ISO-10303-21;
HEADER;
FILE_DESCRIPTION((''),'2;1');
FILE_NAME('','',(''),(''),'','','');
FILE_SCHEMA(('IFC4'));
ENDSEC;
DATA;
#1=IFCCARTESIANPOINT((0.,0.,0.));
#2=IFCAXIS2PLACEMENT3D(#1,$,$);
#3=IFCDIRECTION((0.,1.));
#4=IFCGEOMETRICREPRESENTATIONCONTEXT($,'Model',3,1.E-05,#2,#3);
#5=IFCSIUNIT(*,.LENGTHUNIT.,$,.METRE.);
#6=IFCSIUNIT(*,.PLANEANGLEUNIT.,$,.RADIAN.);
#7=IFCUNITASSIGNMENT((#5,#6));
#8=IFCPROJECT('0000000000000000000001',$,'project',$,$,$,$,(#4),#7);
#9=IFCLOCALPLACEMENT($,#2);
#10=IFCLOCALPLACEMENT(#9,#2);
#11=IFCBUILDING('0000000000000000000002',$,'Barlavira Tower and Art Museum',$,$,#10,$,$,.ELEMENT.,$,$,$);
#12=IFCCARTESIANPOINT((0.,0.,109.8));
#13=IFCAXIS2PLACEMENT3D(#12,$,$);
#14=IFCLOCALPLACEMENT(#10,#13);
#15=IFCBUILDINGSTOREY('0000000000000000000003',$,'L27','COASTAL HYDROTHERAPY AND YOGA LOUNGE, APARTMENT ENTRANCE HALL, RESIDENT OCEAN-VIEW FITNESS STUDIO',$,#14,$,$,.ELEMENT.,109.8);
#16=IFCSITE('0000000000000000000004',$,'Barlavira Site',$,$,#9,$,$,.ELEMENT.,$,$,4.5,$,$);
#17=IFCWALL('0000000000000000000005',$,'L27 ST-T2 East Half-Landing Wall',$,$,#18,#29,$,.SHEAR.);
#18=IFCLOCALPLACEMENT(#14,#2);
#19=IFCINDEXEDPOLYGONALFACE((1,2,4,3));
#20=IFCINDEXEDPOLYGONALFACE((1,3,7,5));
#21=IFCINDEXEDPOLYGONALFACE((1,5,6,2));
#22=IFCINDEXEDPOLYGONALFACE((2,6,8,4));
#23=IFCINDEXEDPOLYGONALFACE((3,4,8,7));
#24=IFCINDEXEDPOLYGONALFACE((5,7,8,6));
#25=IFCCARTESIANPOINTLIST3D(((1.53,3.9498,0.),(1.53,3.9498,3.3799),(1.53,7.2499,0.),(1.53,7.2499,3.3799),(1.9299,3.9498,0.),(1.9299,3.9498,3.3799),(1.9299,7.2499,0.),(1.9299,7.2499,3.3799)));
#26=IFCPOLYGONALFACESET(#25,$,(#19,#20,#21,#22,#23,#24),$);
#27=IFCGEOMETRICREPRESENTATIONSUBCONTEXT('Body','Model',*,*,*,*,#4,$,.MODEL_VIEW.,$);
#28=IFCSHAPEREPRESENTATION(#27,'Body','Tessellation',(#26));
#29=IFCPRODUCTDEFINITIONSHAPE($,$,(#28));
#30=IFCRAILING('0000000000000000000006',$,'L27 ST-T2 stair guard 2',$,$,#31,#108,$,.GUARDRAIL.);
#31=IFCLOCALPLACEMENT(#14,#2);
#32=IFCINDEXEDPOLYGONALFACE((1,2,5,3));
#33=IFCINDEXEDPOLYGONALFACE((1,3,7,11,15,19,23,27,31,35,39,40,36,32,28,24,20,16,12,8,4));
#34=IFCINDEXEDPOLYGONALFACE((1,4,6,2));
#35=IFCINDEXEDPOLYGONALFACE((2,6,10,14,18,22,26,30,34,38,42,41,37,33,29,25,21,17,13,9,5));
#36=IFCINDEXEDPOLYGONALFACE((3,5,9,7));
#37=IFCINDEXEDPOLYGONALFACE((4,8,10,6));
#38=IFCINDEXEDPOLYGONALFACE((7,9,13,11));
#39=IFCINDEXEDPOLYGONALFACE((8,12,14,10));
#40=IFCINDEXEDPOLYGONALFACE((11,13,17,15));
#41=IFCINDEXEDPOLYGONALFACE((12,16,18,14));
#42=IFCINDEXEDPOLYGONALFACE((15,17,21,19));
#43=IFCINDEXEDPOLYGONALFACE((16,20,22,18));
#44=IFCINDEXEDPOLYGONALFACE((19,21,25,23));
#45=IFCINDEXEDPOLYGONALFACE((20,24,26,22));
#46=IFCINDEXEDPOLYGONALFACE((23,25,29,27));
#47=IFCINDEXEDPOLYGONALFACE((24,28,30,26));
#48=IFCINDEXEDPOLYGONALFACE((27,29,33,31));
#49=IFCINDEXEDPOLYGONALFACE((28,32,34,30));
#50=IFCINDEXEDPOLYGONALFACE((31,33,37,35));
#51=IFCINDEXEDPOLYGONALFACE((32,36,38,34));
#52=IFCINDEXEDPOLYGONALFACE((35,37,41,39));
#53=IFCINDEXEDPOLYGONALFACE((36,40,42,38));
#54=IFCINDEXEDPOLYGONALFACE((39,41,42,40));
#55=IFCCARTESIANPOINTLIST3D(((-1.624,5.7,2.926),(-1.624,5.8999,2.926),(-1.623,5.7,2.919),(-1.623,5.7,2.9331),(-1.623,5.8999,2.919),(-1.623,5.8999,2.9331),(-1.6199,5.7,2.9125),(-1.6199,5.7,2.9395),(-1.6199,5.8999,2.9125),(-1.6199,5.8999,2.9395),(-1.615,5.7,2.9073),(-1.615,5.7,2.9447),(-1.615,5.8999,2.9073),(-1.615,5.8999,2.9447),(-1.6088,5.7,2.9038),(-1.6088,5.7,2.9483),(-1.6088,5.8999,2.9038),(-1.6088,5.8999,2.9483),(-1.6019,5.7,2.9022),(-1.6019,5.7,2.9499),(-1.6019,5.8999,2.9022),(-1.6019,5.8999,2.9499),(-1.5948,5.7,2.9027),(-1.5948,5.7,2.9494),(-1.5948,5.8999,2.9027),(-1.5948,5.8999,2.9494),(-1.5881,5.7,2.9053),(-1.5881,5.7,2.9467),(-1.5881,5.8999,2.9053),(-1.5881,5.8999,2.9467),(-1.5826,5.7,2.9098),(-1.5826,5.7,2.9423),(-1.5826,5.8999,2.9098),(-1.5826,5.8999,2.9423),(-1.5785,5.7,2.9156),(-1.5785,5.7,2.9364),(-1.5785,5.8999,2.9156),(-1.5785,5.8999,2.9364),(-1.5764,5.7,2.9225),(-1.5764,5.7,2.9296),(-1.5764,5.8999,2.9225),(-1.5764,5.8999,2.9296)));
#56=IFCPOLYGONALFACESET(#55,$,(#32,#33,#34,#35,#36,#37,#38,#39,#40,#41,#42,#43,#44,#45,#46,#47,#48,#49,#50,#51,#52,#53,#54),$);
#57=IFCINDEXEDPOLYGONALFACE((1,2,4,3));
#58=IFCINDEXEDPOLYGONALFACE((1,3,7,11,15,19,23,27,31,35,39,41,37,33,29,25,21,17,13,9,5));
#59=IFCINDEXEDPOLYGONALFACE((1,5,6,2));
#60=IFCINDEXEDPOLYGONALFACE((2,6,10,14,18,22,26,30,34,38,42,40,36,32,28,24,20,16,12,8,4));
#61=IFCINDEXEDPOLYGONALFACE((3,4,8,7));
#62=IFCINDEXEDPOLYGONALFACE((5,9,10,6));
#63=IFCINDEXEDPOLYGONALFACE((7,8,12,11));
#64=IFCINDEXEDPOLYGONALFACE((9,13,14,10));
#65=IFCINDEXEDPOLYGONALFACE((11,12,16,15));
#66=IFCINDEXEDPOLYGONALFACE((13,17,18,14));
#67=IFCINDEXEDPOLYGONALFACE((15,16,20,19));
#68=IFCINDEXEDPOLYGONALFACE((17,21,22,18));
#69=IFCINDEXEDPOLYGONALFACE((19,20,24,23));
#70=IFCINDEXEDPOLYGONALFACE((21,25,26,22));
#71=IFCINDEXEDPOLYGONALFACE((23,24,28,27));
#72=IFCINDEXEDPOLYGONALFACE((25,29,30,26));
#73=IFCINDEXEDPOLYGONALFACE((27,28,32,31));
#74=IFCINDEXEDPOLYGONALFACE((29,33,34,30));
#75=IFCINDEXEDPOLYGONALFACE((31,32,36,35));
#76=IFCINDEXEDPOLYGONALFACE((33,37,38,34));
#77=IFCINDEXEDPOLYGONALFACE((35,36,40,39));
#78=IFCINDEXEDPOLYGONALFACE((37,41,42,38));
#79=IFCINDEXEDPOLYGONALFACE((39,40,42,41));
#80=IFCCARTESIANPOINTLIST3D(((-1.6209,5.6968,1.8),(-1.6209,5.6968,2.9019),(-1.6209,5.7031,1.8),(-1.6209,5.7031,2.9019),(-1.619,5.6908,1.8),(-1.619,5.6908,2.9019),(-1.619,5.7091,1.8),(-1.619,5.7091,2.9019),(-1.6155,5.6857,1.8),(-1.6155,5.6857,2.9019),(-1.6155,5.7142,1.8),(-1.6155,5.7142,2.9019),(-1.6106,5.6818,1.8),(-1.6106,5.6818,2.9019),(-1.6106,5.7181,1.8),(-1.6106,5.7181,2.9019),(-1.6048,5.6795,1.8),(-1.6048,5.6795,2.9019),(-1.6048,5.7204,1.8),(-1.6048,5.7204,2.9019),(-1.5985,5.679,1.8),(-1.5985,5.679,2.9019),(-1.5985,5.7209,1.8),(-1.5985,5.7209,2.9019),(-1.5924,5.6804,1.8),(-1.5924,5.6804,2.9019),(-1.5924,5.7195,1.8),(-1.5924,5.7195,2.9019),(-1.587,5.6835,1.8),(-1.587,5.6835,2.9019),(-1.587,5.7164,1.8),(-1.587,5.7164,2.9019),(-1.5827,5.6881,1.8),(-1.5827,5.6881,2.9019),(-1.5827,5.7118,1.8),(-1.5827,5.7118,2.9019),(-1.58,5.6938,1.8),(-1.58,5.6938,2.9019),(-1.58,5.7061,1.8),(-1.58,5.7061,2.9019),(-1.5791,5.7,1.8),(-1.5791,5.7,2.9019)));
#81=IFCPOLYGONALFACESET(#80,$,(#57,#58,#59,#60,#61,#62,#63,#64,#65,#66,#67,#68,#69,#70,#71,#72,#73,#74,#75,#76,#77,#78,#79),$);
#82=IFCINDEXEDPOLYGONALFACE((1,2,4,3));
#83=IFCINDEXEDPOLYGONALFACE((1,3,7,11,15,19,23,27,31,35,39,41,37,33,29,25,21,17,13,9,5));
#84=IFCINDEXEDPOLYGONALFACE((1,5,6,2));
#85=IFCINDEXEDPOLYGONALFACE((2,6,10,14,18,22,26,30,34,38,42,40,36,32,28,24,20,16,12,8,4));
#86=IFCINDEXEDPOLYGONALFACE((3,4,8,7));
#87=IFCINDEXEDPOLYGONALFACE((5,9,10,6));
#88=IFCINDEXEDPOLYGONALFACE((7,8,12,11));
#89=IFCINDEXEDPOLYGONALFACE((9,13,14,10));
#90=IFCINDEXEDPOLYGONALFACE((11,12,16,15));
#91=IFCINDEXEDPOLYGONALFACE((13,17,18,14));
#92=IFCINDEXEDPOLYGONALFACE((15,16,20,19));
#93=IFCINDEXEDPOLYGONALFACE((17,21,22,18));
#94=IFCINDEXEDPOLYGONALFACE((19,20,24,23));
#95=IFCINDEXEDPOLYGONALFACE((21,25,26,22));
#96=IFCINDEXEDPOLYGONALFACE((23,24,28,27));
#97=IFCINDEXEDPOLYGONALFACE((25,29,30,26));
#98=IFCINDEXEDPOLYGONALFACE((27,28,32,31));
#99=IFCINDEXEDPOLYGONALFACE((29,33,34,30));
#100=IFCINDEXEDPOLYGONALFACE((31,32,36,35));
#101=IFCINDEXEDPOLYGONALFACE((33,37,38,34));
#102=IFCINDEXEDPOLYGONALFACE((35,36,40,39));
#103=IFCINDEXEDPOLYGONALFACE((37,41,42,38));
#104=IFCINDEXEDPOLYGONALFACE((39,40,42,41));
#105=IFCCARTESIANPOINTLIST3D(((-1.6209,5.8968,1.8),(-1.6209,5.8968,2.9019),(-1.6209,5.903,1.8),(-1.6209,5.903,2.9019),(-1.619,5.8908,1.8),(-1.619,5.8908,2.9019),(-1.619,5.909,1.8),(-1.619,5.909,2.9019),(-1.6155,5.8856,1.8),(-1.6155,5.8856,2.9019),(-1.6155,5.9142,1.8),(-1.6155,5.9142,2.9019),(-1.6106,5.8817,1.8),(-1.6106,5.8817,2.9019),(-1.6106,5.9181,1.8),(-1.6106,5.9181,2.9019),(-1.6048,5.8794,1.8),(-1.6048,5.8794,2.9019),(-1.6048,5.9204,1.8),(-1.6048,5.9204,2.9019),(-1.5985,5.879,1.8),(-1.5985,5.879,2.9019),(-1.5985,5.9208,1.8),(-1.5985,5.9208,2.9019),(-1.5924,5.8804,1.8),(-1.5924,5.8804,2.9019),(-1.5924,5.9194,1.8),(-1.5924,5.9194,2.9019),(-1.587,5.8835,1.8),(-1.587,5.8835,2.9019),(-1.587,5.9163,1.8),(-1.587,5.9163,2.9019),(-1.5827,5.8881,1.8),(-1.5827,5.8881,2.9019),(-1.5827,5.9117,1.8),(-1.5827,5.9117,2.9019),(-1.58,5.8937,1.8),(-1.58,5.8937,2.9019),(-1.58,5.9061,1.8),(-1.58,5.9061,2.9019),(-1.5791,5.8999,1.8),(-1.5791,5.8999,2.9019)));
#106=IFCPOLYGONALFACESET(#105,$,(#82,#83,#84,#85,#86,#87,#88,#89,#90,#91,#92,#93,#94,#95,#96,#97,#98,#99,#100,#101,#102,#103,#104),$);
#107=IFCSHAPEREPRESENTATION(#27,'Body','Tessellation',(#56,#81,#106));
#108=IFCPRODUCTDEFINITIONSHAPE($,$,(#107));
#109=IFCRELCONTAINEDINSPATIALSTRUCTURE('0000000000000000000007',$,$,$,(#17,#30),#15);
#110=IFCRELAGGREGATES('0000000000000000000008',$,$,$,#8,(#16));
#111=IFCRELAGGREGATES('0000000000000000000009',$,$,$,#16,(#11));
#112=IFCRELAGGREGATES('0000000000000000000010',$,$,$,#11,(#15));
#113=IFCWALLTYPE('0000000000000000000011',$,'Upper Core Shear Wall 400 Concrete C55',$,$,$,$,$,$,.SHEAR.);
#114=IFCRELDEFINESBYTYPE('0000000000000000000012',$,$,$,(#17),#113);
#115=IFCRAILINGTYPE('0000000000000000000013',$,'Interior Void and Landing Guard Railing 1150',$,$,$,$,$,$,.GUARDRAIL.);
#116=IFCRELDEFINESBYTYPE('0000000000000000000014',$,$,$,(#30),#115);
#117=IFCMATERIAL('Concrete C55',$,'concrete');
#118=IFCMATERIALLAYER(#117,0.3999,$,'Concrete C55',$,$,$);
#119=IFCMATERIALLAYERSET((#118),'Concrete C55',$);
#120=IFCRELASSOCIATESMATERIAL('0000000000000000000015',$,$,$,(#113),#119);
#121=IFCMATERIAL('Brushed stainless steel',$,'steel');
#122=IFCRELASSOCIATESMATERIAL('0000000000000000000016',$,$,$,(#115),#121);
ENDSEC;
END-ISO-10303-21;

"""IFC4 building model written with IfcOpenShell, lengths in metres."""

from ifc_helpers import new_model, si_unit, direction, frame, frame_2d, origin, origin_2d, place, context, subcontext, project, spatial, rectangle, circle, extrude, material, layer, layer_set, type_object, element, save


model = new_model("IFC4")

# Units and contexts
model_context = context("Model", 3, precision=1e-05, world=origin(), true_north=direction((0.0, 1.0)))
body_context = subcontext(model_context, "Body", "Model", "MODEL_VIEW")
ifc_project = project(units=[si_unit("LENGTHUNIT", "METRE"), si_unit("PLANEANGLEUNIT", "RADIAN")], contexts=[model_context])

# Site, building, storey
site_placement = place(None, origin())
site = spatial("IfcSite", under=ifc_project, at=site_placement, Name="Barlavira Site", CompositionType="ELEMENT", RefElevation=4.5)
building_placement = place(site_placement, origin())
building = spatial("IfcBuilding", under=site, at=building_placement, Name="Barlavira Tower and Art Museum", CompositionType="ELEMENT")
storey_placement = place(building_placement, frame((0.0, 0.0, 109.8)))
storey = spatial("IfcBuildingStorey", under=building, at=storey_placement, Name="L27", Description="COASTAL HYDROTHERAPY AND YOGA LOUNGE, APARTMENT ENTRANCE HALL, RESIDENT OCEAN-VIEW FITNESS STUDIO", CompositionType="ELEMENT", Elevation=109.8)

# Shared definitions
ifc_material_1 = material(Name="Brushed stainless steel", Category="steel")

# Wall
ifc_material_2 = material(Name="Concrete C55", Category="concrete")
ifc_layer_1 = layer(ifc_material_2, 0.3999, Name="Concrete C55")
ifc_layer_set_1 = layer_set([ifc_layer_1], Name="Concrete C55")
wall_type_1 = type_object("IfcWallType", Name="Upper Core Shear Wall 400 Concrete C55", PredefinedType="SHEAR", material=ifc_layer_set_1)
wall_1_placement = place(storey_placement, frame((1.73, 3.95, 0.0), z_axis=(0.0, 0.0, 1.0), x_axis=(0.0, 1.0, 0.0)))
element("IfcWall", 1, at=wall_1_placement, inside=storey, type_object=wall_type_1, Name="L27 ST-T2 East Half-Landing Wall", PredefinedType="SHEAR", context=body_context, shape_type="SweptSolid", body=[
    extrude(rectangle(XDim=3.3, YDim=0.3999, at=frame_2d((1.6499, 0.0))), origin(), (0.0, 0.0, 1.0), 3.3799),
])

# Railing
railing_type_1 = type_object("IfcRailingType", Name="Interior Void and Landing Guard Railing 1150", PredefinedType="GUARDRAIL", material=ifc_material_1)
railing_1_placement = place(storey_placement, frame((-1.6001, 5.7, 1.8)))
element("IfcRailing", 2, at=railing_1_placement, inside=storey, type_object=railing_type_1, Name="L27 ST-T2 stair guard 2", PredefinedType="GUARDRAIL", context=body_context, shape_type="SweptSolid", body=[
    extrude(circle(Radius=0.0239, at=origin_2d()), frame((0.0, 0.0, 1.126), z_axis=(0.0, 1.0, 0.0), x_axis=(-1.0, 0.0, 0.0)), (0.0, 0.0, 1.0), 0.2),
    extrude(circle(Radius=0.021, at=origin_2d()), origin(), (0.0, 0.0, 1.0), 1.1018),
    extrude(circle(Radius=0.021, at=origin_2d()), frame((0.0, 0.2, 0.0)), (0.0, 0.0, 1.0), 1.1018),
])

save(model, "model.ifc")
